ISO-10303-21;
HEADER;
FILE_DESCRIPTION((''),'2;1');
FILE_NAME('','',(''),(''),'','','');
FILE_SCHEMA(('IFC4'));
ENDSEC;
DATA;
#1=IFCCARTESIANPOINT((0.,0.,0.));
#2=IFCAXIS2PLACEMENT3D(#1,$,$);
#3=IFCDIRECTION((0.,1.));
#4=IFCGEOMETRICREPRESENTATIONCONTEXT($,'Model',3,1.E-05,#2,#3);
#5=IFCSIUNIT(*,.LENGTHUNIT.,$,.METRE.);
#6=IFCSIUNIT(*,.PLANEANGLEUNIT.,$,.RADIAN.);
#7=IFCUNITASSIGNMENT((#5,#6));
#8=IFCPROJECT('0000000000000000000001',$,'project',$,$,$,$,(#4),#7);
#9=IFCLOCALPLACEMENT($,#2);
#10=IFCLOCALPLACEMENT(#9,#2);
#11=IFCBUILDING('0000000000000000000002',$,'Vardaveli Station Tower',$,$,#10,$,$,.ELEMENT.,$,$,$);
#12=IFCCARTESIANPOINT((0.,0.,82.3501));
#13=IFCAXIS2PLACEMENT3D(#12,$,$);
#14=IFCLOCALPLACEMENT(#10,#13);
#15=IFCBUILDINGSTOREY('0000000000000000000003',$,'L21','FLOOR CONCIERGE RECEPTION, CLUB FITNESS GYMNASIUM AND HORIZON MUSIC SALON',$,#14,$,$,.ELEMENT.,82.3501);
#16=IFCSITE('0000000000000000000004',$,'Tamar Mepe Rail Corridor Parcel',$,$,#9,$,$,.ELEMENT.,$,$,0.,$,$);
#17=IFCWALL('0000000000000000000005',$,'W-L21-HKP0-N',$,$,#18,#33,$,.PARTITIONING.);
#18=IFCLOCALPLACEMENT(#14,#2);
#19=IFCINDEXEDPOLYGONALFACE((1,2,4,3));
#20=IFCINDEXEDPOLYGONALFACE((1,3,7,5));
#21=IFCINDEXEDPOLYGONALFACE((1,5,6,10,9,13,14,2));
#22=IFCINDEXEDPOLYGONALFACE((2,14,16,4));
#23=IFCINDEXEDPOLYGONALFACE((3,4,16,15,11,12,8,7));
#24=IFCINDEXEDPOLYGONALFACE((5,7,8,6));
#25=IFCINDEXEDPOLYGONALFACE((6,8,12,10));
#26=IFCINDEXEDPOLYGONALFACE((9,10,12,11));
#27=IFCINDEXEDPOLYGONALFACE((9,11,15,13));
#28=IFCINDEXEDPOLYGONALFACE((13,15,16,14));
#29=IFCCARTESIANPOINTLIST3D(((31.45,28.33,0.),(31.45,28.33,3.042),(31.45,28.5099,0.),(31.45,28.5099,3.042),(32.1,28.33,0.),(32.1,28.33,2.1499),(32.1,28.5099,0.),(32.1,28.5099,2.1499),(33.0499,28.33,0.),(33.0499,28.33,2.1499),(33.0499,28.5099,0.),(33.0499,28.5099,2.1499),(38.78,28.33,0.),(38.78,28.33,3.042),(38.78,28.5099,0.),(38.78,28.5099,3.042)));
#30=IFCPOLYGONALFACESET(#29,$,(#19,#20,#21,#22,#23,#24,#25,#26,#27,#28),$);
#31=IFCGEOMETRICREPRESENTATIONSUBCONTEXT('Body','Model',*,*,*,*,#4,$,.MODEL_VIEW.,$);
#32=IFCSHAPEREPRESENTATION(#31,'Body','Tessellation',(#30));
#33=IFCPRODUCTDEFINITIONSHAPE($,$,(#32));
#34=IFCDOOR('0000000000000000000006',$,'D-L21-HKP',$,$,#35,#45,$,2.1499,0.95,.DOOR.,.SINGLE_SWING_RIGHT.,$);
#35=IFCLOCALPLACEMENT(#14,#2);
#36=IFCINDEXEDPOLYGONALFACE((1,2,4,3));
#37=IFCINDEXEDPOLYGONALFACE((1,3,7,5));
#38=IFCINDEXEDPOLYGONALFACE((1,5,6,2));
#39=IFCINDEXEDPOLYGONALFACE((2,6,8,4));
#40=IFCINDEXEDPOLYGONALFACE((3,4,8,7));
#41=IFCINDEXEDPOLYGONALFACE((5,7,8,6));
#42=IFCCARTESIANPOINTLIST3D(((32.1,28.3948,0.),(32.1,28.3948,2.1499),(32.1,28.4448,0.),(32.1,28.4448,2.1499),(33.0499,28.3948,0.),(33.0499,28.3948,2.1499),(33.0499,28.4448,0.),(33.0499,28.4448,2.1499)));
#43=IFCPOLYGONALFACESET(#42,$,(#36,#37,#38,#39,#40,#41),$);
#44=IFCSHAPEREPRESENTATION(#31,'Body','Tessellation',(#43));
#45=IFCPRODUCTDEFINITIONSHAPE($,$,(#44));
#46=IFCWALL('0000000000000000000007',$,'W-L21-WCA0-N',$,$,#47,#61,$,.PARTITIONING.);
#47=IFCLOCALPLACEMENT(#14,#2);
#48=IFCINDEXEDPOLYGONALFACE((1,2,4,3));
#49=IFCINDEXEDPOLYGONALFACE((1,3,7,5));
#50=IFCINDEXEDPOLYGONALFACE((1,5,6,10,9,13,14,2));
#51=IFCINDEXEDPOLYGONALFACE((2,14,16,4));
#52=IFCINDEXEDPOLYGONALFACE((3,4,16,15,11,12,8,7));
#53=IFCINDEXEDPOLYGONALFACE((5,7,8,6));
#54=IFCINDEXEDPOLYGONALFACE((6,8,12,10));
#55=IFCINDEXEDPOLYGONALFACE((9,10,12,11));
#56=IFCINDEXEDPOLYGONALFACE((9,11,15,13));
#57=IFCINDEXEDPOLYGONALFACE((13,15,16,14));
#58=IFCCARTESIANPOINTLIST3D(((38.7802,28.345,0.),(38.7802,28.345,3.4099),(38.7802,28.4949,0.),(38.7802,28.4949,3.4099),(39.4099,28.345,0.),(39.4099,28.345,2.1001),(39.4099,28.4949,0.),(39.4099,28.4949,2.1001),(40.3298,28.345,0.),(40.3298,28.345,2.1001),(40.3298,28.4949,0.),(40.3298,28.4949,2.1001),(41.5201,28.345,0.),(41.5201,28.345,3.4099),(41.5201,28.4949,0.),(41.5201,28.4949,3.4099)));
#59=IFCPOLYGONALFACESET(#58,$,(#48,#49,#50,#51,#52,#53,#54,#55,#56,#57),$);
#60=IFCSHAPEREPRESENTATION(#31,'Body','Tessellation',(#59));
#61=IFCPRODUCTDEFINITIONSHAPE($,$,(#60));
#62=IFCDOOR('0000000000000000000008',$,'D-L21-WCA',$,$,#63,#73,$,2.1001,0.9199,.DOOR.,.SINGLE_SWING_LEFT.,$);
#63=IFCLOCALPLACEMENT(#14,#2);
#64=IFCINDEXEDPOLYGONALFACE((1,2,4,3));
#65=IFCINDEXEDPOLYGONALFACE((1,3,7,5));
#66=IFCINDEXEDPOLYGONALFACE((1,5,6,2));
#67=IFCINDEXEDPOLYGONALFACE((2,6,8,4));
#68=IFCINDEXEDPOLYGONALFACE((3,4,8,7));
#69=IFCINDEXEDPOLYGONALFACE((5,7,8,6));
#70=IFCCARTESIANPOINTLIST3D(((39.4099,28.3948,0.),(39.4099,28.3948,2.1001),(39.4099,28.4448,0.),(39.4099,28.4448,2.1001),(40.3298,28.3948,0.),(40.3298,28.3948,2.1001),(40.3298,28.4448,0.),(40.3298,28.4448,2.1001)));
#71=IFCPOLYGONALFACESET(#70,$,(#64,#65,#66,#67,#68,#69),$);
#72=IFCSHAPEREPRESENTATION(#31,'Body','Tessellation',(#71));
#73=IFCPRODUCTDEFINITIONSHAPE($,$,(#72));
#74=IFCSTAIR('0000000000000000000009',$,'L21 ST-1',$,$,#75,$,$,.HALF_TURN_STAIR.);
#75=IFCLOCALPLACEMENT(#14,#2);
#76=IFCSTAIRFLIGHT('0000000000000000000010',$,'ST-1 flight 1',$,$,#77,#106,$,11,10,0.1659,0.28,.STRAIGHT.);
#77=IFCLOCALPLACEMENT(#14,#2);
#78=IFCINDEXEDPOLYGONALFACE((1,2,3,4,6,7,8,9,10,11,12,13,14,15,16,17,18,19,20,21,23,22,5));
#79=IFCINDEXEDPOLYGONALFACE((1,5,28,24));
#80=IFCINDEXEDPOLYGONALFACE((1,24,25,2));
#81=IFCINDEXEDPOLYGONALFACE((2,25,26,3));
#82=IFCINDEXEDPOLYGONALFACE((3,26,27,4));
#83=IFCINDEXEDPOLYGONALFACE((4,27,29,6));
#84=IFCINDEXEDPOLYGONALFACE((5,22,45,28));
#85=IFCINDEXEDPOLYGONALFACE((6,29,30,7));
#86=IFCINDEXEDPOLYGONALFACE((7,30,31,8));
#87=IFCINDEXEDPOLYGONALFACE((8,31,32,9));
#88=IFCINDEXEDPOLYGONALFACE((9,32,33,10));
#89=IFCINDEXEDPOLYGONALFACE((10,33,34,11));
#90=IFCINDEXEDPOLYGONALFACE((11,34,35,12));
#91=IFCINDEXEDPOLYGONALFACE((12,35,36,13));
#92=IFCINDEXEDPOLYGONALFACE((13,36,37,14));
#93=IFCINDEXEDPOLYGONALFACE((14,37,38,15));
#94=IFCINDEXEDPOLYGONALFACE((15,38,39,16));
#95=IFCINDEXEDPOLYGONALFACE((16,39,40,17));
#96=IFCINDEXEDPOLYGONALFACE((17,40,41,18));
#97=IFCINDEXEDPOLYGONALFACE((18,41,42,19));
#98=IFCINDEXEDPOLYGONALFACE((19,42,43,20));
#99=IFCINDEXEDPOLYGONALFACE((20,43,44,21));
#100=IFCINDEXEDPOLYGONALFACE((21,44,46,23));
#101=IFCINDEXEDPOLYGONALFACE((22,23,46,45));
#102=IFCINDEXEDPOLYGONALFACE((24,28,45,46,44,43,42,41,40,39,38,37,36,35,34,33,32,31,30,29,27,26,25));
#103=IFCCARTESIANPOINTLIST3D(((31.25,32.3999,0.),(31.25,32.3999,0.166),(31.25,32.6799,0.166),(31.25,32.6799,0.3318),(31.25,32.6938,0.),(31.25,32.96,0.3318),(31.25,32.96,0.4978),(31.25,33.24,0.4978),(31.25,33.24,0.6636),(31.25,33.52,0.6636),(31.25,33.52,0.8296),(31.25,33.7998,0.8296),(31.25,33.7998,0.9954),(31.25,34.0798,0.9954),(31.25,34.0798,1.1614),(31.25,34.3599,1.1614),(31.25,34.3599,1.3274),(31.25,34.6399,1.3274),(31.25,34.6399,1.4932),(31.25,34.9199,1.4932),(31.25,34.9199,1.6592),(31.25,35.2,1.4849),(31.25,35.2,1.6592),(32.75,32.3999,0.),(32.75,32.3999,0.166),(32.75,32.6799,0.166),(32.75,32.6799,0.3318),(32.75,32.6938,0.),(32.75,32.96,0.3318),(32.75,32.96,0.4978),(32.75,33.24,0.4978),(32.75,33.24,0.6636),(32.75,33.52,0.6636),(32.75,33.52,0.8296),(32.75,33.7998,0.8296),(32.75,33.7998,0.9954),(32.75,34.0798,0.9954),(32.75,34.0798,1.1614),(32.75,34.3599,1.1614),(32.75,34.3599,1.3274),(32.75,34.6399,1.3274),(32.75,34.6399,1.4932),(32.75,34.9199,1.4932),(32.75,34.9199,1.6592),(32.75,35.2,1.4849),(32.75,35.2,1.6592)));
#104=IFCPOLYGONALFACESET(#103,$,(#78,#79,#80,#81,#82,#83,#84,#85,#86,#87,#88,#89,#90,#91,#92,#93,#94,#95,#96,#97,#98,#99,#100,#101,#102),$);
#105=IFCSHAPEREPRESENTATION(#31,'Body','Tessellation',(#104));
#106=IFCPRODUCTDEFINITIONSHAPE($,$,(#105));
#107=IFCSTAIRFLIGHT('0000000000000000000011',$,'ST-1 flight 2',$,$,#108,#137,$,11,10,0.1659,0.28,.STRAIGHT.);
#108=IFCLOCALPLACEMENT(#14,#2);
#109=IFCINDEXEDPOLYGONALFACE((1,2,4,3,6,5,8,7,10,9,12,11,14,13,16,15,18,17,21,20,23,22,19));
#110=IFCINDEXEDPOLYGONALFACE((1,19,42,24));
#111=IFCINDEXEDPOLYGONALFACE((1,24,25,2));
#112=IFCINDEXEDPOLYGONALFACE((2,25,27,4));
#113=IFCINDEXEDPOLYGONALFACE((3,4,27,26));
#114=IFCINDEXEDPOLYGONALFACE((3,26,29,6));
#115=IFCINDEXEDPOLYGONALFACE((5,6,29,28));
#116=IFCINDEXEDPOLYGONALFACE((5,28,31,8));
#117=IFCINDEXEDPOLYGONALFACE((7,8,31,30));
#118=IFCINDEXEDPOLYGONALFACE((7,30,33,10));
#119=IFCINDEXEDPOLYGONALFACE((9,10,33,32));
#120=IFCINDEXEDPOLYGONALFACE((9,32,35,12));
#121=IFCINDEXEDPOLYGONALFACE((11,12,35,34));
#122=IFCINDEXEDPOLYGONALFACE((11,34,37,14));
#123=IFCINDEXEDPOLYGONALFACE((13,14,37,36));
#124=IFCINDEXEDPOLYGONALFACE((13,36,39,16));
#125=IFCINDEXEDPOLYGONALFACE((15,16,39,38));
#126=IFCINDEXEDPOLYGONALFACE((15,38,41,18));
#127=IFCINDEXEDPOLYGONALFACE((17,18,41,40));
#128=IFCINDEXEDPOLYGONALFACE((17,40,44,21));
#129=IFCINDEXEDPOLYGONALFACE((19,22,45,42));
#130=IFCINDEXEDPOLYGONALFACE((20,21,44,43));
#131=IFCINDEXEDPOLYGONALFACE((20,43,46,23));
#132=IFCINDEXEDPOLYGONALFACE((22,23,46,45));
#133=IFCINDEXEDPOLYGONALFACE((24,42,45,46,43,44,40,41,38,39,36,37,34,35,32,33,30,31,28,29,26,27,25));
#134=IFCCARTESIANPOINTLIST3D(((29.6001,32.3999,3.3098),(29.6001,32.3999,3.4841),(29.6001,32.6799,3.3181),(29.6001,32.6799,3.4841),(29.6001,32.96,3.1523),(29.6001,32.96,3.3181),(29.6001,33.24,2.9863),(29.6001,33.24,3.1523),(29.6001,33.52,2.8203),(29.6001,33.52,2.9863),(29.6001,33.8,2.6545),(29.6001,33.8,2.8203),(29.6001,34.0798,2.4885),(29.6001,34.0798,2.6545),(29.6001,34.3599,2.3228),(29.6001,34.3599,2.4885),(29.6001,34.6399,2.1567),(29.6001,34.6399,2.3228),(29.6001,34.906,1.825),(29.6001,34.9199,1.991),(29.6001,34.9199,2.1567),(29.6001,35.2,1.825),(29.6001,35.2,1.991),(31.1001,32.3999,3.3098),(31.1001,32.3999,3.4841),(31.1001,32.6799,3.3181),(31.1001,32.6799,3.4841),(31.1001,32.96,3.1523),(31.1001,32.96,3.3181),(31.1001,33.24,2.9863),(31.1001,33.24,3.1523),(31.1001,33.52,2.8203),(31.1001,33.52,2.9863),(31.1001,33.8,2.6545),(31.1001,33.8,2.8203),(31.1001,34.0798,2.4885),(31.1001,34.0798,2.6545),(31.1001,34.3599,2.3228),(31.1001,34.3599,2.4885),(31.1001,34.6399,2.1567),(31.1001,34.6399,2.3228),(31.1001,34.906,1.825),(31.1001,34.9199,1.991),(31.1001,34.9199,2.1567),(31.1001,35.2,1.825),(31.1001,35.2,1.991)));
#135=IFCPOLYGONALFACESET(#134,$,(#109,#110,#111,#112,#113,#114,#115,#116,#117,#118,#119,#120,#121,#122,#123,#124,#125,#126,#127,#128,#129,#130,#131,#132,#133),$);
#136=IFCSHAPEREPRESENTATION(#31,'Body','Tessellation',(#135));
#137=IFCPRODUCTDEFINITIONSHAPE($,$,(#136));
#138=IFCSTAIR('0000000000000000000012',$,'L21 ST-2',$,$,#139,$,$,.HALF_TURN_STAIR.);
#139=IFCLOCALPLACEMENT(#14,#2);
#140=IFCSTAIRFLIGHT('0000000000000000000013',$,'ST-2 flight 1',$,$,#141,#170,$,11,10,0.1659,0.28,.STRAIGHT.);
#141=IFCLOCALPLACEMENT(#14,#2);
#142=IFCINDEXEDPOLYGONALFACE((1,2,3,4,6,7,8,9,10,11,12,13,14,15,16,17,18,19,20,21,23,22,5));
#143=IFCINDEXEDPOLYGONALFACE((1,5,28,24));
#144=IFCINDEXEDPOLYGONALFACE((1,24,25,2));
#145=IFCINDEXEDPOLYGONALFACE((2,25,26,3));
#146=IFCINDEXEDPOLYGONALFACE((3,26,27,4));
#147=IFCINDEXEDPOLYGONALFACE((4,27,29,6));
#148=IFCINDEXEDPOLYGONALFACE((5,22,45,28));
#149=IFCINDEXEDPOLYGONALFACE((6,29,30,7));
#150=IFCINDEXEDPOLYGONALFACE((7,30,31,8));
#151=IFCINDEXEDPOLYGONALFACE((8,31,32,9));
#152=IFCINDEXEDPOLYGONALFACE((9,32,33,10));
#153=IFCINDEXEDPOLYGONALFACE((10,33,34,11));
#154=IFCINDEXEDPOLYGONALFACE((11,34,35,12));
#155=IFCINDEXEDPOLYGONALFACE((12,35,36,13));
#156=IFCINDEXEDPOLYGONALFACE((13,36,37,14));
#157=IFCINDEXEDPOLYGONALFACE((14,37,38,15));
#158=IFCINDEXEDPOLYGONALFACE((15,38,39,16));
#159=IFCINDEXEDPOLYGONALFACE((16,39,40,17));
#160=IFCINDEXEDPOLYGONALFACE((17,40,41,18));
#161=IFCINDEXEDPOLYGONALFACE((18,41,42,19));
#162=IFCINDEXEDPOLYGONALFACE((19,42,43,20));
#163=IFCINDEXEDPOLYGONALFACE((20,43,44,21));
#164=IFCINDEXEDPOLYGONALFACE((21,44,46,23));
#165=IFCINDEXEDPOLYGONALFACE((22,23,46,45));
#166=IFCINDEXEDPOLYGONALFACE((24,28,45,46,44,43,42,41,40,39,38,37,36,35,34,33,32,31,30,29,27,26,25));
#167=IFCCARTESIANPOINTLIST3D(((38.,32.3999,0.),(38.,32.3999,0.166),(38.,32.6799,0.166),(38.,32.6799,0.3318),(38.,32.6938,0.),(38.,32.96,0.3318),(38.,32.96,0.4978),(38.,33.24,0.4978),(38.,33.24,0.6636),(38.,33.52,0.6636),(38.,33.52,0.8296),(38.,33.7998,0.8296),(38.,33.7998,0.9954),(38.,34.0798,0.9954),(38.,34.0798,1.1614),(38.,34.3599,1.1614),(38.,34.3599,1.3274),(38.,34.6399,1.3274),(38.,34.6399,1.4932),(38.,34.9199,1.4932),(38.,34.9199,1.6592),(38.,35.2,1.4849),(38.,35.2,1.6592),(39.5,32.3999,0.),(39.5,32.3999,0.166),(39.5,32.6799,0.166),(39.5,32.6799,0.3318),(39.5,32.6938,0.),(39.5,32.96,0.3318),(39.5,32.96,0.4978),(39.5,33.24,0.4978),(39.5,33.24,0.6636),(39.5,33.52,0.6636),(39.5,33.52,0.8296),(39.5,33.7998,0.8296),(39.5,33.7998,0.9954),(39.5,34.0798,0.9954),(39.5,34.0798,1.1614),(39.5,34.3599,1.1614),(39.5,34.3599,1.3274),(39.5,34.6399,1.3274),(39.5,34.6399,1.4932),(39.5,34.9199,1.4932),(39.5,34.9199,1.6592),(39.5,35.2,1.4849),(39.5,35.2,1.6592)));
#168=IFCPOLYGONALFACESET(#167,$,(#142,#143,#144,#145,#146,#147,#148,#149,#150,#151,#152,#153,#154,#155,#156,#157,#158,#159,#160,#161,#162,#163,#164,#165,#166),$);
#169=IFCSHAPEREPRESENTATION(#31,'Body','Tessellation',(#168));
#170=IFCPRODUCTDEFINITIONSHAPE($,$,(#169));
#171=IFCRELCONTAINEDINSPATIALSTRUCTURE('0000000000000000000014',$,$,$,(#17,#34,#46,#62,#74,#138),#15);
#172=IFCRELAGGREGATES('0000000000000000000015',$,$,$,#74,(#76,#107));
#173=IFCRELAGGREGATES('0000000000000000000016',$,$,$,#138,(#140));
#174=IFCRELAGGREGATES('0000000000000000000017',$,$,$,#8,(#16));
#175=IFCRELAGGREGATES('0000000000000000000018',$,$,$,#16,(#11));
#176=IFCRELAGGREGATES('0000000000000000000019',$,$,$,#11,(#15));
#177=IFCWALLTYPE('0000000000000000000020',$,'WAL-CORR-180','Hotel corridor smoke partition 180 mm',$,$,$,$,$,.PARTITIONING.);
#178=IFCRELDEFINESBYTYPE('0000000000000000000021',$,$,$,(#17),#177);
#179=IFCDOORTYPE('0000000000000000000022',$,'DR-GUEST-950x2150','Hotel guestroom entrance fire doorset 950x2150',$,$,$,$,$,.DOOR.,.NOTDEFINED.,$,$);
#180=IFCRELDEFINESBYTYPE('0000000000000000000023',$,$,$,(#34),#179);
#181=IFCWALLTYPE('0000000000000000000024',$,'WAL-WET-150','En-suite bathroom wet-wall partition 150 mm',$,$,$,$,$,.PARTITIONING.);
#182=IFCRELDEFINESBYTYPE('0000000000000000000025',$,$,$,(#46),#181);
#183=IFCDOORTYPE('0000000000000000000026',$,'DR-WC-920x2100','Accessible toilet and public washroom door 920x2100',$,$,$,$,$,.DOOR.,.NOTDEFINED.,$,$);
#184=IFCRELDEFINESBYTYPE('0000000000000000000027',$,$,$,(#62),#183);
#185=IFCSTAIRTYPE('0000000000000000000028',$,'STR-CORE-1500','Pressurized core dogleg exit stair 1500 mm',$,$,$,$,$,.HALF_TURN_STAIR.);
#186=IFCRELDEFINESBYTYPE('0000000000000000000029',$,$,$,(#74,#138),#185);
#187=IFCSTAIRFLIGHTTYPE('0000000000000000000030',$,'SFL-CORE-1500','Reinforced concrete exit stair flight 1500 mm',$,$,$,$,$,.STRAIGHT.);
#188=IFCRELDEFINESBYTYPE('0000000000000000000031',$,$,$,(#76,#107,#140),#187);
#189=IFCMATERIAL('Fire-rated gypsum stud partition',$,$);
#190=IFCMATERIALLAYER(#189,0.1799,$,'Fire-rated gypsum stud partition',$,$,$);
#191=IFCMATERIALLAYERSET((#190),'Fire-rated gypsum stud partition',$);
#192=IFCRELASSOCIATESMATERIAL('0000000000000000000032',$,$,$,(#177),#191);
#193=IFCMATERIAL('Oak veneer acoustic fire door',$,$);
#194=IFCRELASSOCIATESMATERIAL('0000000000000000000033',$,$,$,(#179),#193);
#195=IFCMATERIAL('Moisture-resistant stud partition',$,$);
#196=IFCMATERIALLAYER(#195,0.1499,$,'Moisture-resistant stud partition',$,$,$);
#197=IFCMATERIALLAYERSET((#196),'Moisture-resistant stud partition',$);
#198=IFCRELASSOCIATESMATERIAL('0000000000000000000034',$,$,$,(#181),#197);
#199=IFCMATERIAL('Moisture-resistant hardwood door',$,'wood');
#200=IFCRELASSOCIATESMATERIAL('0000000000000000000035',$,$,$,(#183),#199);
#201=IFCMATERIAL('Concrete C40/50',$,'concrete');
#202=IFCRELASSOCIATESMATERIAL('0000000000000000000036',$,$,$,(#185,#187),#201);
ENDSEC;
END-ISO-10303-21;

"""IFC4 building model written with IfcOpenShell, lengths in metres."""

from ifc_helpers import new_model, si_unit, direction, frame, frame_2d, origin, place, context, subcontext, project, spatial, polyline, rectangle, outline, extrude, source, transform, mapped, material, layer, layer_set, type_object, element, fill, aggregate, save


model = new_model("IFC4")

# Units and contexts
model_context = context("Model", 3, precision=1e-05, world=origin(), true_north=direction((0.0, 1.0)))
body_context = subcontext(model_context, "Body", "Model", "MODEL_VIEW")
ifc_project = project(units=[si_unit("LENGTHUNIT", "METRE"), si_unit("PLANEANGLEUNIT", "RADIAN")], contexts=[model_context])

# Site, building, storey
site_placement = place(None, origin())
site = spatial("IfcSite", under=ifc_project, at=site_placement, Name="Tamar Mepe Rail Corridor Parcel", CompositionType="ELEMENT", RefElevation=0.0)
building_placement = place(site_placement, origin())
building = spatial("IfcBuilding", under=site, at=building_placement, Name="Vardaveli Station Tower", CompositionType="ELEMENT")
storey_placement = place(building_placement, frame((0.0, 0.0, 82.3501)))
storey = spatial("IfcBuildingStorey", under=building, at=storey_placement, Name="L21", Description="FLOOR CONCIERGE RECEPTION, CLUB FITNESS GYMNASIUM AND HORIZON MUSIC SALON", CompositionType="ELEMENT", Elevation=82.3501)

# Shared definitions
ifc_material_1 = material(Name="Concrete C40/50", Category="concrete")

# Walls, openings, doors
ifc_material_2 = material(Name="Fire-rated gypsum stud partition")
ifc_layer_1 = layer(ifc_material_2, 0.1799, Name="Fire-rated gypsum stud partition")
ifc_layer_set_1 = layer_set([ifc_layer_1], Name="Fire-rated gypsum stud partition")
wall_type_1 = type_object("IfcWallType", Name="WAL-CORR-180", Description="Hotel corridor smoke partition 180 mm", PredefinedType="PARTITIONING", material=ifc_layer_set_1)
shared_shape_1 = source(origin(), body_context, "Body", "SweptSolid", [
    extrude(rectangle(XDim=7.3301, YDim=0.1799, at=frame_2d((3.665, 0.0))), origin(), (0.0, 0.0, 1.0), 3.042),
])
wall_1_placement = place(storey_placement, frame((31.45, 28.4199, 0.0), z_axis=(0.0, 0.0, 1.0), x_axis=(1.0, 0.0, 0.0)))
wall_1 = element("IfcWall", 1, at=wall_1_placement, inside=storey, type_object=wall_type_1, Name="W-L21-HKP0-N", PredefinedType="PARTITIONING", context=body_context, shape_type="MappedRepresentation", body=[
    mapped(shared_shape_1, transform((0.0, 0.0, 0.0), scale=1.0)),
])
shared_shape_2 = source(origin(), body_context, "Body", "SweptSolid", [
    extrude(rectangle(XDim=0.95, YDim=2.1499, at=frame_2d((0.4751, 1.075))), frame((0.0, 0.1001, 0.0), z_axis=(0.0, -1.0, 0.0), x_axis=(1.0, 0.0, 0.0)), (0.0, 0.0, 1.0), 0.2),
])
opening_1_placement = place(wall_1_placement, frame((0.6499, 0.0, 0.0)))
opening_1 = element("IfcOpeningElement", 2, at=opening_1_placement, cuts=wall_1, PredefinedType="OPENING", context=body_context, shape_type="MappedRepresentation", body=[
    mapped(shared_shape_2, transform((0.0, 0.0, 0.0), scale=1.0)),
])
ifc_material_3 = material(Name="Oak veneer acoustic fire door")
door_type_1 = type_object("IfcDoorType", Name="DR-GUEST-950x2150", Description="Hotel guestroom entrance fire doorset 950x2150", OperationType="NOTDEFINED", PredefinedType="DOOR", material=ifc_material_3)
shared_shape_3 = source(origin(), body_context, "Body", "SweptSolid", [
    extrude(rectangle(XDim=0.95, YDim=2.1499, at=frame_2d((0.4751, 1.075))), frame((0.0, 0.0249, 0.0), z_axis=(0.0, -1.0, 0.0), x_axis=(1.0, 0.0, 0.0)), (0.0, 0.0, 1.0), 0.05),
])
door_1_placement = place(opening_1_placement, origin())
door_1 = element("IfcDoor", 3, at=door_1_placement, inside=storey, type_object=door_type_1, Name="D-L21-HKP", OperationType="SINGLE_SWING_RIGHT", OverallHeight=2.1499, OverallWidth=0.95, PredefinedType="DOOR", context=body_context, shape_type="MappedRepresentation", body=[
    mapped(shared_shape_3, transform((0.0, 0.0, 0.0), scale=1.0)),
])
fill(opening_1, door_1)
ifc_material_4 = material(Name="Moisture-resistant stud partition")
ifc_layer_2 = layer(ifc_material_4, 0.1499, Name="Moisture-resistant stud partition")
ifc_layer_set_2 = layer_set([ifc_layer_2], Name="Moisture-resistant stud partition")
wall_type_2 = type_object("IfcWallType", Name="WAL-WET-150", Description="En-suite bathroom wet-wall partition 150 mm", PredefinedType="PARTITIONING", material=ifc_layer_set_2)
shared_shape_4 = source(origin(), body_context, "Body", "SweptSolid", [
    extrude(rectangle(XDim=2.74, YDim=0.1499, at=frame_2d((1.3701, 0.0))), origin(), (0.0, 0.0, 1.0), 3.4099),
])
wall_2_placement = place(storey_placement, frame((38.78, 28.4199, 0.0), z_axis=(0.0, 0.0, 1.0), x_axis=(1.0, 0.0, 0.0)))
wall_2 = element("IfcWall", 4, at=wall_2_placement, inside=storey, type_object=wall_type_2, Name="W-L21-WCA0-N", PredefinedType="PARTITIONING", context=body_context, shape_type="MappedRepresentation", body=[
    mapped(shared_shape_4, transform((0.0, 0.0, 0.0), scale=1.0)),
])
shared_shape_5 = source(origin(), body_context, "Body", "SweptSolid", [
    extrude(rectangle(XDim=0.9199, YDim=2.1001, at=frame_2d((0.46, 1.05))), frame((0.0, 0.085, 0.0), z_axis=(0.0, -1.0, 0.0), x_axis=(1.0, 0.0, 0.0)), (0.0, 0.0, 1.0), 0.1699),
])
opening_2_placement = place(wall_2_placement, frame((0.6299, 0.0, 0.0)))
opening_2 = element("IfcOpeningElement", 5, at=opening_2_placement, cuts=wall_2, PredefinedType="OPENING", context=body_context, shape_type="MappedRepresentation", body=[
    mapped(shared_shape_5, transform((0.0, 0.0, 0.0), scale=1.0)),
])
ifc_material_5 = material(Name="Moisture-resistant hardwood door", Category="wood")
door_type_2 = type_object("IfcDoorType", Name="DR-WC-920x2100", Description="Accessible toilet and public washroom door 920x2100", OperationType="NOTDEFINED", PredefinedType="DOOR", material=ifc_material_5)
shared_shape_6 = source(origin(), body_context, "Body", "SweptSolid", [
    extrude(rectangle(XDim=0.9199, YDim=2.1001, at=frame_2d((0.46, 1.05))), frame((0.0, 0.0249, 0.0), z_axis=(0.0, -1.0, 0.0), x_axis=(1.0, 0.0, 0.0)), (0.0, 0.0, 1.0), 0.05),
])
door_2_placement = place(opening_2_placement, origin())
door_2 = element("IfcDoor", 6, at=door_2_placement, inside=storey, type_object=door_type_2, Name="D-L21-WCA", OperationType="SINGLE_SWING_LEFT", OverallHeight=2.1001, OverallWidth=0.9199, PredefinedType="DOOR", context=body_context, shape_type="MappedRepresentation", body=[
    mapped(shared_shape_6, transform((0.0, 0.0, 0.0), scale=1.0)),
])
fill(opening_2, door_2)

# Stair, stair flights
stair_type = type_object("IfcStairType", Name="STR-CORE-1500", Description="Pressurized core dogleg exit stair 1500 mm", PredefinedType="HALF_TURN_STAIR", material=ifc_material_1)
stair_1_placement = place(storey_placement, origin())
stair_1 = element("IfcStair", 7, at=stair_1_placement, inside=storey, type_object=stair_type, Name="L21 ST-1", PredefinedType="HALF_TURN_STAIR")
stair_flight_type = type_object("IfcStairFlightType", Name="SFL-CORE-1500", Description="Reinforced concrete exit stair flight 1500 mm", PredefinedType="STRAIGHT", material=ifc_material_1)
shared_shape_7 = source(origin(), body_context, "Body", "SweptSolid", [
    extrude(outline(polyline([(0.0, 0.0), (0.0, 0.166), (0.28, 0.166), (0.28, 0.3318), (0.5601, 0.3318), (0.5601, 0.4978), (0.8401, 0.4978), (0.8401, 0.6636), (1.1201, 0.6636), (1.1201, 0.8296), (1.3999, 0.8296), (1.3999, 0.9954), (1.6799, 0.9954), (1.6799, 1.1614), (1.96, 1.1614), (1.96, 1.3274), (2.24, 1.3274), (2.24, 1.4932), (2.52, 1.4932), (2.52, 1.6592), (2.8, 1.6592), (2.8, 1.825), (2.8, 1.4849), (0.2939, 0.0), (0.0, 0.0)])), frame((0.0, 0.75, 0.0), z_axis=(0.0, -1.0, 0.0), x_axis=(1.0, 0.0, 0.0)), (0.0, 0.0, 1.0), 1.5),
])
stair_flight_1_placement = place(storey_placement, frame((32.0, 32.3999, 0.0), z_axis=(0.0, 0.0, 1.0), x_axis=(0.0, 1.0, 0.0)))
stair_flight_1 = element("IfcStairFlight", 8, at=stair_flight_1_placement, type_object=stair_flight_type, Name="ST-1 flight 1", NumberOfRisers=11, NumberOfTreads=10, PredefinedType="STRAIGHT", RiserHeight=0.1659, TreadLength=0.28, context=body_context, shape_type="MappedRepresentation", body=[
    mapped(shared_shape_7, transform((0.0, 0.0, 0.0), scale=1.0)),
])
stair_flight_2_placement = place(storey_placement, frame((30.3501, 35.2, 1.825), z_axis=(0.0, 0.0, 1.0), x_axis=(0.0, -1.0, 0.0)))
stair_flight_2 = element("IfcStairFlight", 9, at=stair_flight_2_placement, type_object=stair_flight_type, Name="ST-1 flight 2", NumberOfRisers=11, NumberOfTreads=10, PredefinedType="STRAIGHT", RiserHeight=0.1659, TreadLength=0.28, context=body_context, shape_type="MappedRepresentation", body=[
    mapped(shared_shape_7, transform((0.0, 0.0, 0.0), scale=1.0)),
])
aggregate(stair_1, [stair_flight_1, stair_flight_2])

# Stair, stair flight
stair_2_placement = place(storey_placement, origin())
stair_2 = element("IfcStair", 10, at=stair_2_placement, inside=storey, type_object=stair_type, Name="L21 ST-2", PredefinedType="HALF_TURN_STAIR")
stair_flight_3_placement = place(storey_placement, frame((38.75, 32.3999, 0.0), z_axis=(0.0, 0.0, 1.0), x_axis=(0.0, 1.0, 0.0)))
stair_flight_3 = element("IfcStairFlight", 11, at=stair_flight_3_placement, type_object=stair_flight_type, Name="ST-2 flight 1", NumberOfRisers=11, NumberOfTreads=10, PredefinedType="STRAIGHT", RiserHeight=0.1659, TreadLength=0.28, context=body_context, shape_type="MappedRepresentation", body=[
    mapped(shared_shape_7, transform((0.0, 0.0, 0.0), scale=1.0)),
])
aggregate(stair_2, [stair_flight_3])

save(model, "model.ifc")
